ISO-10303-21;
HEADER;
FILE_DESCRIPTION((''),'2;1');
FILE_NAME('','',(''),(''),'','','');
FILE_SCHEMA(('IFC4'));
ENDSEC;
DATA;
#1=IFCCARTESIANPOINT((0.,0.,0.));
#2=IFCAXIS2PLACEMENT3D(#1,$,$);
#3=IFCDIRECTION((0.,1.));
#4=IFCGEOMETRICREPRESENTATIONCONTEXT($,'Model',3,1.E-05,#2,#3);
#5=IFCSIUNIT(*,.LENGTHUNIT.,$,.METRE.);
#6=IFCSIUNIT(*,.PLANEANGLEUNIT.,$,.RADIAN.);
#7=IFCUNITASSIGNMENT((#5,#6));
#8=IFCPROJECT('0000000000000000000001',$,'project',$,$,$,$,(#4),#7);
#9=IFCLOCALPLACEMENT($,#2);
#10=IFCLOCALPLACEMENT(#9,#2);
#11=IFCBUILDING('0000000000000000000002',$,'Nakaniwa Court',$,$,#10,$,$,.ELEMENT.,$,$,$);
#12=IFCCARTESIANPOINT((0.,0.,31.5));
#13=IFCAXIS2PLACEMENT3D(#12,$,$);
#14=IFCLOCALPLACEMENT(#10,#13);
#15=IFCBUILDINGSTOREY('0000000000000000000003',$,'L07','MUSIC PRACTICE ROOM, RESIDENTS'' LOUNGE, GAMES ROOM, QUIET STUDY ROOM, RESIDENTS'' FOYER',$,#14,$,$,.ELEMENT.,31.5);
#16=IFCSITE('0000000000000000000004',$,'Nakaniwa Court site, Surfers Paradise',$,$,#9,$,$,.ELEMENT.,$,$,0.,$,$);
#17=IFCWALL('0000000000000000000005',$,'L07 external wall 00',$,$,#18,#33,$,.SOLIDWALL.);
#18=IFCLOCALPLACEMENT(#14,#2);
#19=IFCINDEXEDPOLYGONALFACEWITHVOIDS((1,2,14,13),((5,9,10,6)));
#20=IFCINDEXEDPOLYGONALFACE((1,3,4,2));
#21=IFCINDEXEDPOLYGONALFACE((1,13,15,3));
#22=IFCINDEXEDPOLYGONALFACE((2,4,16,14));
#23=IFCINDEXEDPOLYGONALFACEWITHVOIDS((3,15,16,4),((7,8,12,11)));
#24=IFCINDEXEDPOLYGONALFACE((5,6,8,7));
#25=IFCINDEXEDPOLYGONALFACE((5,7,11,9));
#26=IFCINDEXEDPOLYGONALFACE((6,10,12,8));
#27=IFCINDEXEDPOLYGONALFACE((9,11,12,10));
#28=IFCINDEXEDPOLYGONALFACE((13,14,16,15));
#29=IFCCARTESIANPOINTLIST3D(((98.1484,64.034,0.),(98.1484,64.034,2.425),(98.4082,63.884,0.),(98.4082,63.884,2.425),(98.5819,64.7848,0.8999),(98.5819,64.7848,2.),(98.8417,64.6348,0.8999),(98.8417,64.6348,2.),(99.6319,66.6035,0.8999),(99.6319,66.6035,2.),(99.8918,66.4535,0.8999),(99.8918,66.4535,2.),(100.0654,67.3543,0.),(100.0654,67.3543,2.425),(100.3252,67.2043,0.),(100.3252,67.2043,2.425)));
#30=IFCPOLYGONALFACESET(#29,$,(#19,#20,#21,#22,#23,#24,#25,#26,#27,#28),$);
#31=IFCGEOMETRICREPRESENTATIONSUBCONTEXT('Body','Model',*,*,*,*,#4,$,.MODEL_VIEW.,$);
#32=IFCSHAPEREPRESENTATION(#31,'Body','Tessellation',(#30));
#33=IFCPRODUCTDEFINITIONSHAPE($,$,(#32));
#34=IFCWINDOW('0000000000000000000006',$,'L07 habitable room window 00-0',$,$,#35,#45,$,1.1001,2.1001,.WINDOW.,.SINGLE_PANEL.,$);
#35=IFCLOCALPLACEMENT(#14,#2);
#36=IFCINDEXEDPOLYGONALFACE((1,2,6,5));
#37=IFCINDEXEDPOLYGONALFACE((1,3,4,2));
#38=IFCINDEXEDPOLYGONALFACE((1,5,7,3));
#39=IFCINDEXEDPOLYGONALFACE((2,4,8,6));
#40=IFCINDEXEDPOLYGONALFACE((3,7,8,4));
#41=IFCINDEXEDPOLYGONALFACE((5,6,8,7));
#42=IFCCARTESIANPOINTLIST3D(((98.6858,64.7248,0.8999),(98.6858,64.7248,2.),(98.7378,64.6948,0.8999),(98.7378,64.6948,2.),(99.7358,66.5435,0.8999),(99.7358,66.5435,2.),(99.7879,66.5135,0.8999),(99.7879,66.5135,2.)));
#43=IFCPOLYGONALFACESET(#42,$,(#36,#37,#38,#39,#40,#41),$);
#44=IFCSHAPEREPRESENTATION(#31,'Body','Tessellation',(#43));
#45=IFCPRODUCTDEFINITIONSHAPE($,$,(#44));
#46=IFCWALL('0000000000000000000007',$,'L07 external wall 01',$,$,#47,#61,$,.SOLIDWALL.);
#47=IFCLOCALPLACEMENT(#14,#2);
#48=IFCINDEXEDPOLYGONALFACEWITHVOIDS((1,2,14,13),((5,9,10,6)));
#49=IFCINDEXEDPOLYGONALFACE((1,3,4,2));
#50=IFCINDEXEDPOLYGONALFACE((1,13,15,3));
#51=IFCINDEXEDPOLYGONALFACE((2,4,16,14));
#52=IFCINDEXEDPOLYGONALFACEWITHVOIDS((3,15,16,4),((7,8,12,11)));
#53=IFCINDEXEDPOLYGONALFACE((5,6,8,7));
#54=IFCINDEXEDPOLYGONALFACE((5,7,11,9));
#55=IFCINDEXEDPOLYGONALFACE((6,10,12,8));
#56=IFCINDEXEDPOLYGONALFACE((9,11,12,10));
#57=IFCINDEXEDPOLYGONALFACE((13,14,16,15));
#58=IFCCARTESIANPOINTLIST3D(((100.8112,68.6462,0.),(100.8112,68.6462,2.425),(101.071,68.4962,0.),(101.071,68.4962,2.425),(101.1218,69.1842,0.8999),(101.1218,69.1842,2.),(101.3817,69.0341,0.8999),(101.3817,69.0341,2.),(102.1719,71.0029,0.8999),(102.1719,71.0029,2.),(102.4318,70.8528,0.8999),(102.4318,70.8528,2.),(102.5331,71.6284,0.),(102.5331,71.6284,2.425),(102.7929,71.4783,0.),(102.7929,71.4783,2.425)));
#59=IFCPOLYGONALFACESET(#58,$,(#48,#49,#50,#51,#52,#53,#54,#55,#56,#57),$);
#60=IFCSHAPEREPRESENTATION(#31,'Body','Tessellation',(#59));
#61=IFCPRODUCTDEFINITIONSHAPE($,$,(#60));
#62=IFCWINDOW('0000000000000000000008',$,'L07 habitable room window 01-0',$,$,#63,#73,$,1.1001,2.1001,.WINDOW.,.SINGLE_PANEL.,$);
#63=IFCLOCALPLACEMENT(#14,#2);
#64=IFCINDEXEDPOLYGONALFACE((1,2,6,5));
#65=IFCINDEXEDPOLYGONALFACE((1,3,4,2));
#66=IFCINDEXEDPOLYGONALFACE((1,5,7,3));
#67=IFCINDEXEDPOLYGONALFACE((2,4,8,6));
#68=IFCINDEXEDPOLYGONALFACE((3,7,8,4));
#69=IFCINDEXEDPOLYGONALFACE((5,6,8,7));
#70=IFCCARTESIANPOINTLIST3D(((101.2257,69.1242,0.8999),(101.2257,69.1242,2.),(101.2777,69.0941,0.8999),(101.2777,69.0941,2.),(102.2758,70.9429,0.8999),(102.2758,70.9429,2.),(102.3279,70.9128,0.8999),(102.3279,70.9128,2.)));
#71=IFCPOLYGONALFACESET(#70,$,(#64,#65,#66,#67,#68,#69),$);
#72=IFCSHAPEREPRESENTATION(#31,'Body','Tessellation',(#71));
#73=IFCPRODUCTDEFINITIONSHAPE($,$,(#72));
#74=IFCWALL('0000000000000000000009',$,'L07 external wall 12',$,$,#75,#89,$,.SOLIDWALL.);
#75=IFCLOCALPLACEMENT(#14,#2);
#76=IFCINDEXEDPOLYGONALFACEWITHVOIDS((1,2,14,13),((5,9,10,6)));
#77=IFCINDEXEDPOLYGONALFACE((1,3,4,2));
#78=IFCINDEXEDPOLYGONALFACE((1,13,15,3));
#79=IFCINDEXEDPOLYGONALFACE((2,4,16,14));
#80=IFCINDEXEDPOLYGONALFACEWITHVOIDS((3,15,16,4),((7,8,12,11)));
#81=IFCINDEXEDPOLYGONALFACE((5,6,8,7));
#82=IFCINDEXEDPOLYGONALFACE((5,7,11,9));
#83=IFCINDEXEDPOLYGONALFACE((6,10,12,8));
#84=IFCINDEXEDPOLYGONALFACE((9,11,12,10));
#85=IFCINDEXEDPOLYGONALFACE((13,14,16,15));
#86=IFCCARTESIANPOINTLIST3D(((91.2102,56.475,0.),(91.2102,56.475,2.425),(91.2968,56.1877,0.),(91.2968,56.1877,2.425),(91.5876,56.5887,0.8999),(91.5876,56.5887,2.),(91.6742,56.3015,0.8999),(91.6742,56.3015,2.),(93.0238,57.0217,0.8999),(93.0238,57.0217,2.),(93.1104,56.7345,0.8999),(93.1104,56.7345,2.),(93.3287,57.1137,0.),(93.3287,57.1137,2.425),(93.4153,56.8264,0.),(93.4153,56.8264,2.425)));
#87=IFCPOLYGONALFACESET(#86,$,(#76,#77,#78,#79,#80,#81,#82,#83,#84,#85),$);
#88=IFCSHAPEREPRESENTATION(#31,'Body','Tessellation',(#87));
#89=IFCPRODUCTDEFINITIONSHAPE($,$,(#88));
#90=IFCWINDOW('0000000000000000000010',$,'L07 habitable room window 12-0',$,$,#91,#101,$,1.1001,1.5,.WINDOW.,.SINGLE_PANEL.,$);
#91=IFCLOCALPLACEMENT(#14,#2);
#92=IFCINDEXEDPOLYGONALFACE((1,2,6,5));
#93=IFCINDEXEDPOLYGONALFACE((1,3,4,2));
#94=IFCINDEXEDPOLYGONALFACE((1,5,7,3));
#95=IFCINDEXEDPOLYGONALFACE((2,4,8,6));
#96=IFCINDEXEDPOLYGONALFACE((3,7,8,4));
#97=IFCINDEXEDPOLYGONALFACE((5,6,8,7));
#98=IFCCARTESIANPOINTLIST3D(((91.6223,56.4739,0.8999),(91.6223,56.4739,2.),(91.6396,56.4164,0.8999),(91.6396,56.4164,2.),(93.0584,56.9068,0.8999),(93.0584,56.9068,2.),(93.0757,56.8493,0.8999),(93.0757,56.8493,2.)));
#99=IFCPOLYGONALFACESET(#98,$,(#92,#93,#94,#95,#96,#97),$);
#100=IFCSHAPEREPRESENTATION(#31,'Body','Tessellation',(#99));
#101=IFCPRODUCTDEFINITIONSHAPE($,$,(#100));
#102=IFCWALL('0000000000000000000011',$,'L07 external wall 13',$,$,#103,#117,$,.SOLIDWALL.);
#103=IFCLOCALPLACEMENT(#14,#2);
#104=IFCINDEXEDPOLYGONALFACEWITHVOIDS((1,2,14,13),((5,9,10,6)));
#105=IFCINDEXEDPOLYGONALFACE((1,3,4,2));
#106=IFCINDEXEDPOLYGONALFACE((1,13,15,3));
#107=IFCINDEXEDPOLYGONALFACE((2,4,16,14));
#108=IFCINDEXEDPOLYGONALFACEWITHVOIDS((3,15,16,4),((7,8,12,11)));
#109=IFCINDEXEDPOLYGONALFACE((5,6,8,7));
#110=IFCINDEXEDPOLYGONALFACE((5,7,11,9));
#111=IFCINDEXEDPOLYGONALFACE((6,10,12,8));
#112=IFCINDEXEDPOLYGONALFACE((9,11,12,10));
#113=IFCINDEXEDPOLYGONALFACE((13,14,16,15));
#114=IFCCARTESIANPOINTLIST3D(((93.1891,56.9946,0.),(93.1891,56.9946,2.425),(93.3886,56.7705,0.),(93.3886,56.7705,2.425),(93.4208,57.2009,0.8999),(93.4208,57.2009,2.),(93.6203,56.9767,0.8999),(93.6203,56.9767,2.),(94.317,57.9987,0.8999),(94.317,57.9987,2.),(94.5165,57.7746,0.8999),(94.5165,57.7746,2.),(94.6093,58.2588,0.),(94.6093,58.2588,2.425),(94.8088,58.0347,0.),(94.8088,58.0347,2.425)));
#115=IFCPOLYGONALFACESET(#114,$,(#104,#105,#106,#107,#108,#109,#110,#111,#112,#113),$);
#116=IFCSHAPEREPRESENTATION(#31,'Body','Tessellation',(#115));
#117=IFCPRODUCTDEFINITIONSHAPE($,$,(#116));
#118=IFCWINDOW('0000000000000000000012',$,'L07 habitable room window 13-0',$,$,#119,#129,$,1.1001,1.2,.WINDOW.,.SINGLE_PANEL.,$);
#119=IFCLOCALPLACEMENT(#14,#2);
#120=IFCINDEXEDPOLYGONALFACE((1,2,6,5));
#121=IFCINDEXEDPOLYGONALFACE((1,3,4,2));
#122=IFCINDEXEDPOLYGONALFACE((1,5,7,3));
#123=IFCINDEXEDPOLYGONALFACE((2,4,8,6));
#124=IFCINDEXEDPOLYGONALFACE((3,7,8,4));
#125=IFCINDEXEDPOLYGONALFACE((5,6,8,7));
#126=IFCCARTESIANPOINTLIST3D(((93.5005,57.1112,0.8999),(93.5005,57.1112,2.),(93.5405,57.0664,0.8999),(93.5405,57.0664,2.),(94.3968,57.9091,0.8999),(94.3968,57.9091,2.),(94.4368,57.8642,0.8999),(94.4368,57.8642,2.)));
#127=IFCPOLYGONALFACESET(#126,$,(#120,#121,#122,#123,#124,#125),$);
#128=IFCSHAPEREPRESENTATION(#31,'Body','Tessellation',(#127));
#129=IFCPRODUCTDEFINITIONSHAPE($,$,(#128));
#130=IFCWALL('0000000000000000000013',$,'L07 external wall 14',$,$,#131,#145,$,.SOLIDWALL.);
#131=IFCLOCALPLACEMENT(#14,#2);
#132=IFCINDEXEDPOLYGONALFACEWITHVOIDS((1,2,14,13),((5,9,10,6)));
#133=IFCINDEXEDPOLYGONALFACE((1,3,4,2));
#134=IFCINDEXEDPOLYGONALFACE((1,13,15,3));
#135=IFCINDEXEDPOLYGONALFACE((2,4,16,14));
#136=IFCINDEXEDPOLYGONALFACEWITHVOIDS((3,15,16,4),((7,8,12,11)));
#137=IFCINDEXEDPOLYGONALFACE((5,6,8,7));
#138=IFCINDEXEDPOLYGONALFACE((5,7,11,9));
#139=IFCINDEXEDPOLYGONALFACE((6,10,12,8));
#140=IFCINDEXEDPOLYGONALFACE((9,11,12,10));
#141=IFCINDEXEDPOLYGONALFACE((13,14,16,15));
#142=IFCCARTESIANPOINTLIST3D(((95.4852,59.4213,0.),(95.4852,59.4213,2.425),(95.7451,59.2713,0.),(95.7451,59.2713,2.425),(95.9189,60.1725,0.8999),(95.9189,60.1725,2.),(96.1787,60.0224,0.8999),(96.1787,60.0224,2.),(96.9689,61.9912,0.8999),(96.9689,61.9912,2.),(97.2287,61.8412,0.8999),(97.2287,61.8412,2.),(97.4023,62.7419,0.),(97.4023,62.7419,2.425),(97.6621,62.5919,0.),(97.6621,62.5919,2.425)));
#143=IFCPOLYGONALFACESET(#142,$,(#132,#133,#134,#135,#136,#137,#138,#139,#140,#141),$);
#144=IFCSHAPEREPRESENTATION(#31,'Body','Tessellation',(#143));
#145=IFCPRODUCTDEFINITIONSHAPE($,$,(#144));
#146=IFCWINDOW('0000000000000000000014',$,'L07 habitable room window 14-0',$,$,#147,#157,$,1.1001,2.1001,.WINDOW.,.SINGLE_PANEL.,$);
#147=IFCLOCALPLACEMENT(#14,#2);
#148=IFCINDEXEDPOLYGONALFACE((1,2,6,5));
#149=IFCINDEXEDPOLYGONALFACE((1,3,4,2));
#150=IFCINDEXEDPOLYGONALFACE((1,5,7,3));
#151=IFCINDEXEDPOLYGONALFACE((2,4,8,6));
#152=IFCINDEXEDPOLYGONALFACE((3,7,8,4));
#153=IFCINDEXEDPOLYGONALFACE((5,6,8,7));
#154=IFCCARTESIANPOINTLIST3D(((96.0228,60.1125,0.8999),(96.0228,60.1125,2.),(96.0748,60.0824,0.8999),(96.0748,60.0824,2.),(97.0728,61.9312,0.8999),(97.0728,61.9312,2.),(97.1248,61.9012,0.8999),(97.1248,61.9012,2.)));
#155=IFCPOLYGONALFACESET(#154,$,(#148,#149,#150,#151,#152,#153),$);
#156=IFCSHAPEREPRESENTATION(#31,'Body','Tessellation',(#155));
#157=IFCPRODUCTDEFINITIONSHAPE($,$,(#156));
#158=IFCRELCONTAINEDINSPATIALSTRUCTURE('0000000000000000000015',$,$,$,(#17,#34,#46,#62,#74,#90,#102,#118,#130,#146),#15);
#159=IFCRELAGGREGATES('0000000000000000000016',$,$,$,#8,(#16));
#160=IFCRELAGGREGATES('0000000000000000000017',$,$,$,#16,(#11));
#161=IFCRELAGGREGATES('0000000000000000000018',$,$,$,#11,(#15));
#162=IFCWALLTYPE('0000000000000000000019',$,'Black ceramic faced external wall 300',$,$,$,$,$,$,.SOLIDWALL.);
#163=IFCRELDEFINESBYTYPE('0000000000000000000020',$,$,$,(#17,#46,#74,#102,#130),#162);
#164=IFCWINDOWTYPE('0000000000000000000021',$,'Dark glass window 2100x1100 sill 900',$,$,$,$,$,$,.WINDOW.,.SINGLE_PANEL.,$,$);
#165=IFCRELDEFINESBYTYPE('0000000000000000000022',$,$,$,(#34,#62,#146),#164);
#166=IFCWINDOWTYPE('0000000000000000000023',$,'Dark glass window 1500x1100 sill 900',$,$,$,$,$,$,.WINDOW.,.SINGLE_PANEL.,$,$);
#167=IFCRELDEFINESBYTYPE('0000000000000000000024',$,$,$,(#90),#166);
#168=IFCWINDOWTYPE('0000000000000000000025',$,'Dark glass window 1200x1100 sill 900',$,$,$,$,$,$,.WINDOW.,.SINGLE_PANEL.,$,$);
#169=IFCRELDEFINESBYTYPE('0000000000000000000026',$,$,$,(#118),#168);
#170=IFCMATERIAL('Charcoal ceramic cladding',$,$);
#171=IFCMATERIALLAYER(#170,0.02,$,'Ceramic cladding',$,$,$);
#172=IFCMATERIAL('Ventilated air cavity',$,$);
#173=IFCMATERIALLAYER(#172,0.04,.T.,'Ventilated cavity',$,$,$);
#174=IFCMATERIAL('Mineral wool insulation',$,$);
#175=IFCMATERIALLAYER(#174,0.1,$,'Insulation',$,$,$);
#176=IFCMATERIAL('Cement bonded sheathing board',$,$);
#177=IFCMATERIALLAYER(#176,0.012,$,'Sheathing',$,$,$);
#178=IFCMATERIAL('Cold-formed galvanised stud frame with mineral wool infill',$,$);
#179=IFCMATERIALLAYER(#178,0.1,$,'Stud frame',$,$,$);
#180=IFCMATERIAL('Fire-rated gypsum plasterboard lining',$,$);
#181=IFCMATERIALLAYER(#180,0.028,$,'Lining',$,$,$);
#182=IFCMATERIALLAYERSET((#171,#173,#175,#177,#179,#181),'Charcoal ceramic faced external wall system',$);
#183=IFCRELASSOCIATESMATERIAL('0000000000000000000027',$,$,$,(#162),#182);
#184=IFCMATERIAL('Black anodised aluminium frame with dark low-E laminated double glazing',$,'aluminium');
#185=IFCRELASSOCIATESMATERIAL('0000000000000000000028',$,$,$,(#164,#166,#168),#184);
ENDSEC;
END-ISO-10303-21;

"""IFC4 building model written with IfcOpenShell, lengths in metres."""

from ifc_helpers import new_model, si_unit, direction, frame, frame_2d, origin, place, context, subcontext, project, spatial, rectangle, extrude, material, layer, layer_set, type_object, element, fill, save


model = new_model("IFC4")

# Units and contexts
model_context = context("Model", 3, precision=1e-05, world=origin(), true_north=direction((0.0, 1.0)))
body_context = subcontext(model_context, "Body", "Model", "MODEL_VIEW")
ifc_project = project(units=[si_unit("LENGTHUNIT", "METRE"), si_unit("PLANEANGLEUNIT", "RADIAN")], contexts=[model_context])

# Site, building, storey
site_placement = place(None, origin())
site = spatial("IfcSite", under=ifc_project, at=site_placement, Name="Nakaniwa Court site, Surfers Paradise", CompositionType="ELEMENT", RefElevation=0.0)
building_placement = place(site_placement, origin())
building = spatial("IfcBuilding", under=site, at=building_placement, Name="Nakaniwa Court", CompositionType="ELEMENT")
storey_placement = place(building_placement, frame((0.0, 0.0, 31.5)))
storey = spatial("IfcBuildingStorey", under=building, at=storey_placement, Name="L07", Description="MUSIC PRACTICE ROOM, RESIDENTS' LOUNGE, GAMES ROOM, QUIET STUDY ROOM, RESIDENTS' FOYER", CompositionType="ELEMENT", Elevation=31.5)

# Walls, openings, windows
ifc_material_1 = material(Name="Charcoal ceramic cladding")
ifc_layer_1 = layer(ifc_material_1, 0.02, Name="Ceramic cladding")
ifc_material_2 = material(Name="Ventilated air cavity")
ifc_layer_2 = layer(ifc_material_2, 0.04, ventilated=True, Name="Ventilated cavity")
ifc_material_3 = material(Name="Mineral wool insulation")
ifc_layer_3 = layer(ifc_material_3, 0.1, Name="Insulation")
ifc_material_4 = material(Name="Cement bonded sheathing board")
ifc_layer_4 = layer(ifc_material_4, 0.012, Name="Sheathing")
ifc_material_5 = material(Name="Cold-formed galvanised stud frame with mineral wool infill")
ifc_layer_5 = layer(ifc_material_5, 0.1, Name="Stud frame")
ifc_material_6 = material(Name="Fire-rated gypsum plasterboard lining")
ifc_layer_6 = layer(ifc_material_6, 0.028, Name="Lining")
ifc_layer_set = layer_set([ifc_layer_1, ifc_layer_2, ifc_layer_3, ifc_layer_4, ifc_layer_5, ifc_layer_6], Name="Charcoal ceramic faced external wall system")
wall_type = type_object("IfcWallType", Name="Black ceramic faced external wall 300", PredefinedType="SOLIDWALL", material=ifc_layer_set)
wall_1_placement = place(storey_placement, frame((98.2783, 63.959, 0.0), z_axis=(0.0, 0.0, 1.0), x_axis=(0.500002, 0.866024, 0.0)))
wall_1 = element("IfcWall", 1, at=wall_1_placement, inside=storey, type_object=wall_type, Name="L07 external wall 00", PredefinedType="SOLIDWALL", context=body_context, shape_type="SweptSolid", body=[
    extrude(rectangle(XDim=3.834, YDim=0.3, at=frame_2d((1.917, 0.0))), origin(), (0.0, 0.0, 1.0), 2.425),
])
opening_1_placement = place(wall_1_placement, frame((0.8669, 0.0, 0.8999)))
opening_1 = element("IfcOpeningElement", 2, at=opening_1_placement, cuts=wall_1, PredefinedType="OPENING", context=body_context, shape_type="SweptSolid", body=[
    extrude(rectangle(XDim=2.1001, YDim=1.1001, at=frame_2d((1.05, 0.55))), frame((0.0, 0.1599, 0.0), z_axis=(0.0, -1.0, 0.0), x_axis=(1.0, 0.0, 0.0)), (0.0, 0.0, 1.0), 0.3201),
])
ifc_material_7 = material(Name="Black anodised aluminium frame with dark low-E laminated double glazing", Category="aluminium")
window_type_1 = type_object("IfcWindowType", Name="Dark glass window 2100x1100 sill 900", PartitioningType="SINGLE_PANEL", PredefinedType="WINDOW", material=ifc_material_7)
window_1_placement = place(opening_1_placement, origin())
window_1 = element("IfcWindow", 3, at=window_1_placement, inside=storey, type_object=window_type_1, Name="L07 habitable room window 00-0", OverallHeight=1.1001, OverallWidth=2.1001, PartitioningType="SINGLE_PANEL", PredefinedType="WINDOW", context=body_context, shape_type="SweptSolid", body=[
    extrude(rectangle(XDim=2.1001, YDim=1.1001, at=frame_2d((1.05, 0.55))), frame((0.0, 0.03, 0.0), z_axis=(0.0, -1.0, 0.0), x_axis=(1.0, 0.0, 0.0)), (0.0, 0.0, 1.0), 0.0601),
])
fill(opening_1, window_1)
wall_2_placement = place(storey_placement, frame((100.9412, 68.5713, 0.0), z_axis=(0.0, 0.0, 1.0), x_axis=(0.500035, 0.866005, 0.0)))
wall_2 = element("IfcWall", 4, at=wall_2_placement, inside=storey, type_object=wall_type, Name="L07 external wall 01", PredefinedType="SOLIDWALL", context=body_context, shape_type="SweptSolid", body=[
    extrude(rectangle(XDim=3.4436, YDim=0.3, at=frame_2d((1.7217, 0.0))), origin(), (0.0, 0.0, 1.0), 2.425),
])
opening_2_placement = place(wall_2_placement, frame((0.6211, 0.0, 0.8999)))
opening_2 = element("IfcOpeningElement", 5, at=opening_2_placement, cuts=wall_2, PredefinedType="OPENING", context=body_context, shape_type="SweptSolid", body=[
    extrude(rectangle(XDim=2.1001, YDim=1.1001, at=frame_2d((1.05, 0.55))), frame((0.0, 0.1599, 0.0), z_axis=(0.0, -1.0, 0.0), x_axis=(1.0, 0.0, 0.0)), (0.0, 0.0, 1.0), 0.3201),
])
window_2_placement = place(opening_2_placement, origin())
window_2 = element("IfcWindow", 6, at=window_2_placement, inside=storey, type_object=window_type_1, Name="L07 habitable room window 01-0", OverallHeight=1.1001, OverallWidth=2.1001, PartitioningType="SINGLE_PANEL", PredefinedType="WINDOW", context=body_context, shape_type="SweptSolid", body=[
    extrude(rectangle(XDim=2.1001, YDim=1.1001, at=frame_2d((1.05, 0.55))), frame((0.0, 0.03, 0.0), z_axis=(0.0, -1.0, 0.0), x_axis=(1.0, 0.0, 0.0)), (0.0, 0.0, 1.0), 0.0601),
])
fill(opening_2, window_2)
wall_3_placement = place(storey_placement, frame((91.2534, 56.3313, 0.0), z_axis=(0.0, 0.0, 1.0), x_axis=(0.957434, 0.288653, 0.0)))
wall_3 = element("IfcWall", 7, at=wall_3_placement, inside=storey, type_object=wall_type, Name="L07 external wall 12", PredefinedType="SOLIDWALL", context=body_context, shape_type="SweptSolid", body=[
    extrude(rectangle(XDim=2.2126, YDim=0.3, at=frame_2d((1.1064, 0.0))), origin(), (0.0, 0.0, 1.0), 2.425),
])
opening_3_placement = place(wall_3_placement, frame((0.3943, 0.0, 0.8999)))
opening_3 = element("IfcOpeningElement", 8, at=opening_3_placement, cuts=wall_3, PredefinedType="OPENING", context=body_context, shape_type="SweptSolid", body=[
    extrude(rectangle(XDim=1.5, YDim=1.1001, at=frame_2d((0.75, 0.55))), frame((0.0, 0.1599, 0.0), z_axis=(0.0, -1.0, 0.0), x_axis=(1.0, 0.0, 0.0)), (0.0, 0.0, 1.0), 0.3201),
])
window_type_2 = type_object("IfcWindowType", Name="Dark glass window 1500x1100 sill 900", PartitioningType="SINGLE_PANEL", PredefinedType="WINDOW", material=ifc_material_7)
window_3_placement = place(opening_3_placement, origin())
window_3 = element("IfcWindow", 9, at=window_3_placement, inside=storey, type_object=window_type_2, Name="L07 habitable room window 12-0", OverallHeight=1.1001, OverallWidth=1.5, PartitioningType="SINGLE_PANEL", PredefinedType="WINDOW", context=body_context, shape_type="SweptSolid", body=[
    extrude(rectangle(XDim=1.5, YDim=1.1001, at=frame_2d((0.75, 0.55))), frame((0.0, 0.03, 0.0), z_axis=(0.0, -1.0, 0.0), x_axis=(1.0, 0.0, 0.0)), (0.0, 0.0, 1.0), 0.0601),
])
fill(opening_3, window_3)
wall_4_placement = place(storey_placement, frame((93.2888, 56.8826, 0.0), z_axis=(0.0, 0.0, 1.0), x_axis=(0.746942, 0.66489, 0.0)))
wall_4 = element("IfcWall", 10, at=wall_4_placement, inside=storey, type_object=wall_type, Name="L07 external wall 13", PredefinedType="SOLIDWALL", context=body_context, shape_type="SweptSolid", body=[
    extrude(rectangle(XDim=1.9014, YDim=0.3, at=frame_2d((0.9507, 0.0))), origin(), (0.0, 0.0, 1.0), 2.425),
])
opening_4_placement = place(wall_4_placement, frame((0.3101, 0.0, 0.8999)))
opening_4 = element("IfcOpeningElement", 11, at=opening_4_placement, cuts=wall_4, PredefinedType="OPENING", context=body_context, shape_type="SweptSolid", body=[
    extrude(rectangle(XDim=1.2, YDim=1.1001, at=frame_2d((0.6001, 0.55))), frame((0.0, 0.1599, 0.0), z_axis=(0.0, -1.0, 0.0), x_axis=(1.0, 0.0, 0.0)), (0.0, 0.0, 1.0), 0.3201),
])
window_type_3 = type_object("IfcWindowType", Name="Dark glass window 1200x1100 sill 900", PartitioningType="SINGLE_PANEL", PredefinedType="WINDOW", material=ifc_material_7)
window_4_placement = place(opening_4_placement, origin())
window_4 = element("IfcWindow", 12, at=window_4_placement, inside=storey, type_object=window_type_3, Name="L07 habitable room window 13-0", OverallHeight=1.1001, OverallWidth=1.2, PartitioningType="SINGLE_PANEL", PredefinedType="WINDOW", context=body_context, shape_type="SweptSolid", body=[
    extrude(rectangle(XDim=1.2, YDim=1.1001, at=frame_2d((0.6001, 0.55))), frame((0.0, 0.03, 0.0), z_axis=(0.0, -1.0, 0.0), x_axis=(1.0, 0.0, 0.0)), (0.0, 0.0, 1.0), 0.0601),
])
fill(opening_4, window_4)
wall_5_placement = place(storey_placement, frame((95.6152, 59.3464, 0.0), z_axis=(0.0, 0.0, 1.0), x_axis=(0.499974, 0.86604, 0.0)))
wall_5 = element("IfcWall", 13, at=wall_5_placement, inside=storey, type_object=wall_type, Name="L07 external wall 14", PredefinedType="SOLIDWALL", context=body_context, shape_type="SweptSolid", body=[
    extrude(rectangle(XDim=3.8342, YDim=0.3, at=frame_2d((1.917, 0.0))), origin(), (0.0, 0.0, 1.0), 2.425),
])
opening_5_placement = place(wall_5_placement, frame((0.8672, 0.0, 0.8999)))
opening_5 = element("IfcOpeningElement", 14, at=opening_5_placement, cuts=wall_5, PredefinedType="OPENING", context=body_context, shape_type="SweptSolid", body=[
    extrude(rectangle(XDim=2.1001, YDim=1.1001, at=frame_2d((1.05, 0.55))), frame((0.0, 0.1599, 0.0), z_axis=(0.0, -1.0, 0.0), x_axis=(1.0, 0.0, 0.0)), (0.0, 0.0, 1.0), 0.3201),
])
window_5_placement = place(opening_5_placement, origin())
window_5 = element("IfcWindow", 15, at=window_5_placement, inside=storey, type_object=window_type_1, Name="L07 habitable room window 14-0", OverallHeight=1.1001, OverallWidth=2.1001, PartitioningType="SINGLE_PANEL", PredefinedType="WINDOW", context=body_context, shape_type="SweptSolid", body=[
    extrude(rectangle(XDim=2.1001, YDim=1.1001, at=frame_2d((1.05, 0.55))), frame((0.0, 0.03, 0.0), z_axis=(0.0, -1.0, 0.0), x_axis=(1.0, 0.0, 0.0)), (0.0, 0.0, 1.0), 0.0601),
])
fill(opening_5, window_5)

save(model, "model.ifc")
